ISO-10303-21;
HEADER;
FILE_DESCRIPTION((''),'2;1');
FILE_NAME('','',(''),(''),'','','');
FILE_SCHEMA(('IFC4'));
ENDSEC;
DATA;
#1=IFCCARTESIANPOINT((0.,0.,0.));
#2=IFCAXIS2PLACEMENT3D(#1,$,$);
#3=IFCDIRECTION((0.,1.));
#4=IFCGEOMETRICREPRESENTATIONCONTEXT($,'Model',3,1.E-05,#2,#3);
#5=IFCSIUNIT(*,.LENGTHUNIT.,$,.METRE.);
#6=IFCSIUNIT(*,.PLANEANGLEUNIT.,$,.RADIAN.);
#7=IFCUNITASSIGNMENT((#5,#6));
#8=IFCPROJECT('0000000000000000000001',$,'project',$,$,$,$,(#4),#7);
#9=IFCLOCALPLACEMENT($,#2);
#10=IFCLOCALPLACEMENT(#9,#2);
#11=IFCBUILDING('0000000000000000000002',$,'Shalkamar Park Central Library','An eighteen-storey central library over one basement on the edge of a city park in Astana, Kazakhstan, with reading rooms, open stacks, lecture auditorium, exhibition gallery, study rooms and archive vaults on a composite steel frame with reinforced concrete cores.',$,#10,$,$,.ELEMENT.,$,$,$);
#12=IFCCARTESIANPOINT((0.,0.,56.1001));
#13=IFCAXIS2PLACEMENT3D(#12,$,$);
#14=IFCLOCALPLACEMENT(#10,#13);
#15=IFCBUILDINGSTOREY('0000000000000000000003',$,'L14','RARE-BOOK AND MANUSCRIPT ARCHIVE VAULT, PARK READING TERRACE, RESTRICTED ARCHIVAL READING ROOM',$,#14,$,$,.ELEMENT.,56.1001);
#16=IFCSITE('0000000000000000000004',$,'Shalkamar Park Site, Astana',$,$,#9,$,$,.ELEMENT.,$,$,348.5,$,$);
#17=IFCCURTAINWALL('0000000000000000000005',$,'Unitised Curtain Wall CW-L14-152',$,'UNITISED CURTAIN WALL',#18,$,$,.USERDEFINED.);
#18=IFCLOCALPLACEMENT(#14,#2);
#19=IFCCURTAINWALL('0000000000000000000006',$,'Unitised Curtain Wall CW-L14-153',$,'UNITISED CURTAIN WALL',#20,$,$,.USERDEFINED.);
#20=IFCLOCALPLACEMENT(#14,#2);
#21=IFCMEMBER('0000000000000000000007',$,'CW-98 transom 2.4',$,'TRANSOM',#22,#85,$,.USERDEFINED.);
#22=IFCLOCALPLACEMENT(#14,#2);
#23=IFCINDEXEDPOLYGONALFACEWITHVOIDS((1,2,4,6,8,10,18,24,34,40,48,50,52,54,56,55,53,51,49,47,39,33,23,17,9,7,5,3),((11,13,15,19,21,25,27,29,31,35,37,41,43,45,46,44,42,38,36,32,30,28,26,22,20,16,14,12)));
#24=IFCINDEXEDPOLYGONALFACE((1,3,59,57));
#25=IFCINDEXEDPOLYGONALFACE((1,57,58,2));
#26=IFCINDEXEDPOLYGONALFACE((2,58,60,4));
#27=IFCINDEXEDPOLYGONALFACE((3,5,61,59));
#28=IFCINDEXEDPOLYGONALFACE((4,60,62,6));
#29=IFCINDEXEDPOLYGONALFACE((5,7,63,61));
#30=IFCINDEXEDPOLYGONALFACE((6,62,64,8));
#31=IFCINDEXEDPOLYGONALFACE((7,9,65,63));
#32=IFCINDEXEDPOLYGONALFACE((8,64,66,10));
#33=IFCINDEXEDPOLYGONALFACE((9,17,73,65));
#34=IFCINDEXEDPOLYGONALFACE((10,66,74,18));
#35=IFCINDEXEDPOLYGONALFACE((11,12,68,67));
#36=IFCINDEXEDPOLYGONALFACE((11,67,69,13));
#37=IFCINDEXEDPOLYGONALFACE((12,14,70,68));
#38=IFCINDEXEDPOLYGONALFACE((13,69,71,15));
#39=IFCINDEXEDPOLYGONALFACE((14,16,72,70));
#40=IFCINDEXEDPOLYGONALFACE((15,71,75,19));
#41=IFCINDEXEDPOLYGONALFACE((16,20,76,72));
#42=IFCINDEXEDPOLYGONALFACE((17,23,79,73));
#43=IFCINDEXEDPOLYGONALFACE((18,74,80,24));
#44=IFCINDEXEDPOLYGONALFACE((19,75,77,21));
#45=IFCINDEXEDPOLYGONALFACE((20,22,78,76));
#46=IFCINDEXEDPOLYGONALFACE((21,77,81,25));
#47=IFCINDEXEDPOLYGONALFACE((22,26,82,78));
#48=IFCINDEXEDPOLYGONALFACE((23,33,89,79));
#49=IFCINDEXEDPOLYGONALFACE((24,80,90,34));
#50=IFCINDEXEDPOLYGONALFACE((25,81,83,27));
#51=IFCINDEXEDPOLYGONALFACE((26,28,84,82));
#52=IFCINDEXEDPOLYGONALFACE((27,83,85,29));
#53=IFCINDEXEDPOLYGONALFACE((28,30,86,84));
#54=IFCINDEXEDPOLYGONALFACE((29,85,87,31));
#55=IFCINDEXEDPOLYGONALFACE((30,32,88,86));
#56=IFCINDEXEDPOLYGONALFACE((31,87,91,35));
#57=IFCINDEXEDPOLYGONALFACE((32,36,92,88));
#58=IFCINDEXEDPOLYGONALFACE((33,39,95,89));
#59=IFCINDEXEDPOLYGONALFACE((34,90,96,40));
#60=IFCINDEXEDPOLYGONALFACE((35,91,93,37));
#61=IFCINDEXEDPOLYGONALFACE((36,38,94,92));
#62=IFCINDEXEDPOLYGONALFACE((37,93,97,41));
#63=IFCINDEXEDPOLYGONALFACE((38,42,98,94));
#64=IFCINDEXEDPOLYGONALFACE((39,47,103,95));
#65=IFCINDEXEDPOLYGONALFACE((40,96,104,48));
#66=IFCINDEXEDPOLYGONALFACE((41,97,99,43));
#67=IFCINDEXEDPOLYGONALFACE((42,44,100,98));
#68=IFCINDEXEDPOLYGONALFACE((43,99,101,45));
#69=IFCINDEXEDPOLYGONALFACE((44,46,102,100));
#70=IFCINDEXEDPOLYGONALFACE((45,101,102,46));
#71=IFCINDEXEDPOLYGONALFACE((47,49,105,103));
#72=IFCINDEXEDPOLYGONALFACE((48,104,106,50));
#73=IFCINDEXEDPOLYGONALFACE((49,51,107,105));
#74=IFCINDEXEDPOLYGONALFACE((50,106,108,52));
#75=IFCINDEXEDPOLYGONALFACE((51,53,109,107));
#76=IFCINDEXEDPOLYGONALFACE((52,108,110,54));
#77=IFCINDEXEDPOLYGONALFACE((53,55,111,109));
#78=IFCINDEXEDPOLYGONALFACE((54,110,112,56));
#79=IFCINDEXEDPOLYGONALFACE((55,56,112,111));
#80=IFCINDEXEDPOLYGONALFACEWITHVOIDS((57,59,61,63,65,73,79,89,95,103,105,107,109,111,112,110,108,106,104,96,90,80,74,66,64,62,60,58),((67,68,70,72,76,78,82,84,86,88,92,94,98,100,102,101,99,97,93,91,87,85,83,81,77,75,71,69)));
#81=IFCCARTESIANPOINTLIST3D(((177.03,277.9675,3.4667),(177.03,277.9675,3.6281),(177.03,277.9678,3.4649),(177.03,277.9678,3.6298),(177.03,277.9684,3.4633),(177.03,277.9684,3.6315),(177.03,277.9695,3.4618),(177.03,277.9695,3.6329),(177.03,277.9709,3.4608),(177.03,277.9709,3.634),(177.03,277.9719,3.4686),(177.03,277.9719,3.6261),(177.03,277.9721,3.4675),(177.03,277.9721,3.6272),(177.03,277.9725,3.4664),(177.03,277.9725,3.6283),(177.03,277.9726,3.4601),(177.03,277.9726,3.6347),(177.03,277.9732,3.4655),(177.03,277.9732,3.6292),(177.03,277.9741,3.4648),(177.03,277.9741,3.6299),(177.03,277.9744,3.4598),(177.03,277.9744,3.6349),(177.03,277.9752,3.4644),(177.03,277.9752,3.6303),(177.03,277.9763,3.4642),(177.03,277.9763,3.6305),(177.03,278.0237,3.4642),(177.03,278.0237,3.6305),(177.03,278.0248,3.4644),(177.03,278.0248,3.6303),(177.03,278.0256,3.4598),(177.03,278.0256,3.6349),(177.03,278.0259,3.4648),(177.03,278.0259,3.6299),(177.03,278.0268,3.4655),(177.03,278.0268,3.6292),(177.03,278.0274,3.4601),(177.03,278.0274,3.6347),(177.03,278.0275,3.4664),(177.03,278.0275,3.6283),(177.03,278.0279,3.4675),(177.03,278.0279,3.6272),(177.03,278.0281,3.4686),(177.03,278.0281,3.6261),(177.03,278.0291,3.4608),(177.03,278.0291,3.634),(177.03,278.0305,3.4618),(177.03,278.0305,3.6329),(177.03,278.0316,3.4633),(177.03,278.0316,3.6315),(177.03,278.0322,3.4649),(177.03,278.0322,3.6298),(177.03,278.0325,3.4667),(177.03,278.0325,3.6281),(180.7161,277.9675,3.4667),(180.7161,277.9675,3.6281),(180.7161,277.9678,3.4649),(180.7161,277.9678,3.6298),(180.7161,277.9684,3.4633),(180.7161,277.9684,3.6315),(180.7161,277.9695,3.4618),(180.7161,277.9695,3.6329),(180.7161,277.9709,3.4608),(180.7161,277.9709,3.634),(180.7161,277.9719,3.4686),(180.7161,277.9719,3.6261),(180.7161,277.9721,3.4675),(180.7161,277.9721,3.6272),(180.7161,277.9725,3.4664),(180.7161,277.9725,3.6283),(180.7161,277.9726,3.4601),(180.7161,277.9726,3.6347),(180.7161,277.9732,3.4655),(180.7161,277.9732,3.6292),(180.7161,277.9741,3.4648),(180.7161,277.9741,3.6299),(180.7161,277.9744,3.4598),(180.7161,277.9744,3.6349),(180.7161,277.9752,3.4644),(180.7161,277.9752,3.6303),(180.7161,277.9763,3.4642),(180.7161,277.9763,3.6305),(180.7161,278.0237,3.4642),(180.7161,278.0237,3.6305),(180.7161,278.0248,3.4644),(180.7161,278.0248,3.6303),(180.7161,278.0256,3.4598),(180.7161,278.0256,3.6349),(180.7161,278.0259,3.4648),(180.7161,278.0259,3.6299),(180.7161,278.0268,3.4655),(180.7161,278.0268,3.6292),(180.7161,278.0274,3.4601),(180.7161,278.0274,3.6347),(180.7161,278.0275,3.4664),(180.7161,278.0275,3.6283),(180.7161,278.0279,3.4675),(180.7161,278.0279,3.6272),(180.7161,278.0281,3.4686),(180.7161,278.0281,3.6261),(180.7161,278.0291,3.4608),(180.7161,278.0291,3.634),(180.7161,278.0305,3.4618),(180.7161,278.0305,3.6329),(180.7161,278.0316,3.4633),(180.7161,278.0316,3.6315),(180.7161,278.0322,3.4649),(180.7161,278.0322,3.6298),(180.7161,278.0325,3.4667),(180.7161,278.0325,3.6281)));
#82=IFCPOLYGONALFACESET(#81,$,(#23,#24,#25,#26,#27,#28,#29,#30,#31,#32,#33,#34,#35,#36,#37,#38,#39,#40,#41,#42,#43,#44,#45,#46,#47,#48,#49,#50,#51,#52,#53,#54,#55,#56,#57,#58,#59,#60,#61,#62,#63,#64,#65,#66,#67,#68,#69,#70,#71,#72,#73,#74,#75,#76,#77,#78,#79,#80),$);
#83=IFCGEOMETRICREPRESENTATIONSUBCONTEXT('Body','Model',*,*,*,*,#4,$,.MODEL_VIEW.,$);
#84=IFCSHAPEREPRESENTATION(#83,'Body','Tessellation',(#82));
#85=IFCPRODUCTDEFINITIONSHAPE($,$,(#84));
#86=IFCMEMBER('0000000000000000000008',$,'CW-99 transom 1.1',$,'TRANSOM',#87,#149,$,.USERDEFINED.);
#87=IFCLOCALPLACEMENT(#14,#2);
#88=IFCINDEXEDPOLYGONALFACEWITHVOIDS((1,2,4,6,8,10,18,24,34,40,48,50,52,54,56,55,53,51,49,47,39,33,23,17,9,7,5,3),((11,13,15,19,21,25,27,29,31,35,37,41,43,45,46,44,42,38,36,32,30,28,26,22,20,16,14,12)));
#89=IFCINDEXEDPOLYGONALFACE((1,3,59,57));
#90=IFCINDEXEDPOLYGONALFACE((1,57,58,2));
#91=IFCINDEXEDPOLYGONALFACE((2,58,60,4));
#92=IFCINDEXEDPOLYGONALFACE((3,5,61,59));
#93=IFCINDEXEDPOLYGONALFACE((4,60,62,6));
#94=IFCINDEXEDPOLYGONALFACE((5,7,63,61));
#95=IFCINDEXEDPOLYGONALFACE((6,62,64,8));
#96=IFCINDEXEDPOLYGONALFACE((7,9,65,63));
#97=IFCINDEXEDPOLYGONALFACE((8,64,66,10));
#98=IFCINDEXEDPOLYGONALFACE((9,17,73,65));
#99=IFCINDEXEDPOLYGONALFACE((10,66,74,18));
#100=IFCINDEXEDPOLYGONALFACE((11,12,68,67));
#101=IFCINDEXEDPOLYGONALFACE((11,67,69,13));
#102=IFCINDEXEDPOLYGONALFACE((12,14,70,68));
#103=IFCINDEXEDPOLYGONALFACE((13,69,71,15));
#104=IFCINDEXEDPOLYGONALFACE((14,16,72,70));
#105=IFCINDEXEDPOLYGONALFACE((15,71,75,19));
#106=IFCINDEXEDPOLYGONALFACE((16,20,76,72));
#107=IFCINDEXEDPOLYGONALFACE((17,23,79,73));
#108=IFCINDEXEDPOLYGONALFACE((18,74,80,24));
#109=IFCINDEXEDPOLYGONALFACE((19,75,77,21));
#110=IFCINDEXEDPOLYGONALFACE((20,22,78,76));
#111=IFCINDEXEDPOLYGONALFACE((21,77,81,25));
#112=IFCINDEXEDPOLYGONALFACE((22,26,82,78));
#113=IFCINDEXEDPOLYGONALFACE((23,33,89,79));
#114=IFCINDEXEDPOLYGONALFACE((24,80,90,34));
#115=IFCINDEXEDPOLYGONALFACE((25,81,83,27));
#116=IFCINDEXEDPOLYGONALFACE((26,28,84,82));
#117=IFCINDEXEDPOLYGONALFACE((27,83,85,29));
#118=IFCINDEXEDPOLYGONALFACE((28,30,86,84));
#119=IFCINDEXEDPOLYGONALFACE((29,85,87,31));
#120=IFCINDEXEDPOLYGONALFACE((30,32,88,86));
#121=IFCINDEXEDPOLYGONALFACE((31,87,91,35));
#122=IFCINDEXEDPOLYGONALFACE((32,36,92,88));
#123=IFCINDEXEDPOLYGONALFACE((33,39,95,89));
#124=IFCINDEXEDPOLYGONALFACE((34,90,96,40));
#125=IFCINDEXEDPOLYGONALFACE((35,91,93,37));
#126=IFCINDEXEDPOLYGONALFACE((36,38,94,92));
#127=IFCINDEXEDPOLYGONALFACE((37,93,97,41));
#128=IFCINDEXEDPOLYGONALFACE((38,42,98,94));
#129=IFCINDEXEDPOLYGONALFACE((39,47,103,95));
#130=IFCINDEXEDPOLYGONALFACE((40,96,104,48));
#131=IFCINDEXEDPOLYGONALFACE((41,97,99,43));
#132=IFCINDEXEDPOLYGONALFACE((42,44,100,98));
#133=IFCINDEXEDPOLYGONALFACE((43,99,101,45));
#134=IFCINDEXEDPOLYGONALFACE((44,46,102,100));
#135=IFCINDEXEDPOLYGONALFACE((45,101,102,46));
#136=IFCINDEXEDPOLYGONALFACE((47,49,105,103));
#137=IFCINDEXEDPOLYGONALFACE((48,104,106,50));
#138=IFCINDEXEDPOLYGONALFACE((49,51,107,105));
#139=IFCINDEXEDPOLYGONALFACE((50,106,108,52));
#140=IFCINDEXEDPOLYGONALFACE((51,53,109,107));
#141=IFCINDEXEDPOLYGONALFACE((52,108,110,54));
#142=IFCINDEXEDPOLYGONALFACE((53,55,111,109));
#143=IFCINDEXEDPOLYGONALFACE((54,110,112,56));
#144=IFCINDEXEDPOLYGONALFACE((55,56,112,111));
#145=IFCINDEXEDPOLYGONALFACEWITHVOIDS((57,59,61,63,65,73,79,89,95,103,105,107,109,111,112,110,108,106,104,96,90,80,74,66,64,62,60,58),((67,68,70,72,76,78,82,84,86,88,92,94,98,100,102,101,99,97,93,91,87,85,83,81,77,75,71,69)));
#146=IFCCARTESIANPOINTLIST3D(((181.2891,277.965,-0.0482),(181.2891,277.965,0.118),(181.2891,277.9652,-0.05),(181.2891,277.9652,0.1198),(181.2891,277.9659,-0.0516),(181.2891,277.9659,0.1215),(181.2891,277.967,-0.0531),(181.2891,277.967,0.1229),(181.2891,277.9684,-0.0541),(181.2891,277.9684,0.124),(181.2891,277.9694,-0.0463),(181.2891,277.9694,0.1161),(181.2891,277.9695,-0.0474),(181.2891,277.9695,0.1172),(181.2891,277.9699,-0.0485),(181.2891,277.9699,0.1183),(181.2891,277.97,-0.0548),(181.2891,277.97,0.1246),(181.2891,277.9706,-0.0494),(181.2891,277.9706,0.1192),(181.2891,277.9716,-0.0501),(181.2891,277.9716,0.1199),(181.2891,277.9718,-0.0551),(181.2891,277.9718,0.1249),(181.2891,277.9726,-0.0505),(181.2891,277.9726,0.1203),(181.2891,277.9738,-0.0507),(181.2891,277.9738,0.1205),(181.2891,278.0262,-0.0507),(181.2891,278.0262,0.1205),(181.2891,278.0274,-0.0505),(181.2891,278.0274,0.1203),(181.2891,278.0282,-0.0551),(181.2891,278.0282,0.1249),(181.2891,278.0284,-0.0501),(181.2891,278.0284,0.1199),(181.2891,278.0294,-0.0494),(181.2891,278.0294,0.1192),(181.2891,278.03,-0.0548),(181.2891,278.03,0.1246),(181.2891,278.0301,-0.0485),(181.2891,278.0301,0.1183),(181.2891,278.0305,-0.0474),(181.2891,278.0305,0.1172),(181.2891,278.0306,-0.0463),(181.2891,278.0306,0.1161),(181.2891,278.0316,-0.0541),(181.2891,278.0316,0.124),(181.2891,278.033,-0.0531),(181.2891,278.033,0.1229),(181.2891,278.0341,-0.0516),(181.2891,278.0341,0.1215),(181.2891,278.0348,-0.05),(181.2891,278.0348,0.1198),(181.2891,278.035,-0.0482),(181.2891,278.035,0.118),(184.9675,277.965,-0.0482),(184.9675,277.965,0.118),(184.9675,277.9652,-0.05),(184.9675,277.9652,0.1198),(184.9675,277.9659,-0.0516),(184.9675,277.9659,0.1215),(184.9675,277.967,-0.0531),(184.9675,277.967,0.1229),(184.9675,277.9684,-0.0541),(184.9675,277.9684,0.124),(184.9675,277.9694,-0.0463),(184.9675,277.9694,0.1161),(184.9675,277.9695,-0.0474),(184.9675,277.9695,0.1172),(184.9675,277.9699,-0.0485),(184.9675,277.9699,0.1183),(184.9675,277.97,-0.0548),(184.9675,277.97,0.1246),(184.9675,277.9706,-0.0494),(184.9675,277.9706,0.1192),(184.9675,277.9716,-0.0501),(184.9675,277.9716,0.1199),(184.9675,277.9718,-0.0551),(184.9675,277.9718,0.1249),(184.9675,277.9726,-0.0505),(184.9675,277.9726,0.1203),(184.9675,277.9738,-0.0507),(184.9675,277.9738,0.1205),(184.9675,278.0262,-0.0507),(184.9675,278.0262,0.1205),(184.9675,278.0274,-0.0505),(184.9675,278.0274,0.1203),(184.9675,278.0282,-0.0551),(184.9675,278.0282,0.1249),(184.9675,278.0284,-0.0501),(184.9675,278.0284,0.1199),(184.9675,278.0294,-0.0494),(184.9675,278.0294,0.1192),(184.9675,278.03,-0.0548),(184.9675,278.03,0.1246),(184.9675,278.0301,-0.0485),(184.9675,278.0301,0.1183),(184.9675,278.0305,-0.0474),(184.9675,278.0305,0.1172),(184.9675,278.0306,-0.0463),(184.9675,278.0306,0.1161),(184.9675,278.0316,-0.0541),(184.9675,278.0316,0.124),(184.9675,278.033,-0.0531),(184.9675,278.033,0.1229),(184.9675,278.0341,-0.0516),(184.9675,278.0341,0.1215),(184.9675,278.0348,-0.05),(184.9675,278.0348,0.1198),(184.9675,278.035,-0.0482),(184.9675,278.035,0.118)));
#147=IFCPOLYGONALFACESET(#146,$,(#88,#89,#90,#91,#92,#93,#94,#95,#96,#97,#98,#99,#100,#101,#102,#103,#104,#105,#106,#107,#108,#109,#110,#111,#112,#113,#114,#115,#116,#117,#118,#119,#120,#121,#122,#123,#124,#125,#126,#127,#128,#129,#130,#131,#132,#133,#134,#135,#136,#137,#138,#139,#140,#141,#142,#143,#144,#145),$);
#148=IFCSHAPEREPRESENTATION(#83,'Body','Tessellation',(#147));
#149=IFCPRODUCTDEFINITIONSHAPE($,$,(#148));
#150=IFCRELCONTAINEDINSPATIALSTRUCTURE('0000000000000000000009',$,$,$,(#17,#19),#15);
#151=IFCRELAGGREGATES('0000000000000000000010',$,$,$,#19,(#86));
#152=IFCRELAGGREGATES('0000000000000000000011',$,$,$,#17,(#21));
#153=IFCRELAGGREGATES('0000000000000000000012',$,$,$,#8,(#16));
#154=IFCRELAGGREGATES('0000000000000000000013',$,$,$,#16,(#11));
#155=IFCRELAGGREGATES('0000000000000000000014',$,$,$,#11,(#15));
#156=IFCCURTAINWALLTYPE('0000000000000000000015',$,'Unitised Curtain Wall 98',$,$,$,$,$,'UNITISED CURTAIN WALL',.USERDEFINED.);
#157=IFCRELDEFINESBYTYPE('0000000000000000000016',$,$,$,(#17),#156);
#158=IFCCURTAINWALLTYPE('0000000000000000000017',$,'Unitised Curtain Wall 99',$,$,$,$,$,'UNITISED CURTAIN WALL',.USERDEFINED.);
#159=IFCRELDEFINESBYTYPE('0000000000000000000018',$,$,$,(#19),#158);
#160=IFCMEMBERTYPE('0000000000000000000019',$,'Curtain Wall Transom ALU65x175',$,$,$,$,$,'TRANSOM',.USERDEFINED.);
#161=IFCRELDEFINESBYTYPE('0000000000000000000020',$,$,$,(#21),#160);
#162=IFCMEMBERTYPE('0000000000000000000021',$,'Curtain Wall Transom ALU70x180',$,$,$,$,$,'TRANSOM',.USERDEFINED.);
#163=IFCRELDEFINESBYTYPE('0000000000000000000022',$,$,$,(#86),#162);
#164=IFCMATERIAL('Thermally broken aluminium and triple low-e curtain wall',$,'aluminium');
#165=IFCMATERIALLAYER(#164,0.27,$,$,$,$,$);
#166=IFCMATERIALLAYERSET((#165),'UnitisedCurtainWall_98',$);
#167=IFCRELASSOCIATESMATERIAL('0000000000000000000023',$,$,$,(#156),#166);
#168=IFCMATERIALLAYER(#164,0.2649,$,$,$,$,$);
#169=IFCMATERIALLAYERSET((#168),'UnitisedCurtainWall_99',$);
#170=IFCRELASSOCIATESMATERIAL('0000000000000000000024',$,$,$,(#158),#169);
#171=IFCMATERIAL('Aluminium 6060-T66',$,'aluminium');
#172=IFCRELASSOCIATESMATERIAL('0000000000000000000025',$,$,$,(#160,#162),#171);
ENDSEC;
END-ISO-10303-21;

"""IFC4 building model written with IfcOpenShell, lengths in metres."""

from ifc_helpers import new_model, si_unit, direction, frame, origin, origin_2d, place, context, subcontext, project, spatial, hollow_rectangle, extrude, material, layer, layer_set, material_profile, profile_set, type_object, element, aggregate, save


model = new_model("IFC4")

# Units and contexts
model_context = context("Model", 3, precision=1e-05, world=origin(), true_north=direction((0.0, 1.0)))
body_context = subcontext(model_context, "Body", "Model", "MODEL_VIEW")
ifc_project = project(units=[si_unit("LENGTHUNIT", "METRE"), si_unit("PLANEANGLEUNIT", "RADIAN")], contexts=[model_context])

# Site, building, storey
site_placement = place(None, origin())
site = spatial("IfcSite", under=ifc_project, at=site_placement, Name="Shalkamar Park Site, Astana", CompositionType="ELEMENT", RefElevation=348.5)
building_placement = place(site_placement, origin())
building = spatial("IfcBuilding", under=site, at=building_placement, Name="Shalkamar Park Central Library", Description="An eighteen-storey central library over one basement on the edge of a city park in Astana, Kazakhstan, with reading rooms, open stacks, lecture auditorium, exhibition gallery, study rooms and archive vaults on a composite steel frame with reinforced concrete cores.", CompositionType="ELEMENT")
storey_placement = place(building_placement, frame((0.0, 0.0, 56.1001)))
storey = spatial("IfcBuildingStorey", under=building, at=storey_placement, Name="L14", Description="RARE-BOOK AND MANUSCRIPT ARCHIVE VAULT, PARK READING TERRACE, RESTRICTED ARCHIVAL READING ROOM", CompositionType="ELEMENT", Elevation=56.1001)

# Curtain walls
ifc_material_1 = material(Name="Thermally broken aluminium and triple low-e curtain wall", Category="aluminium")
ifc_layer_1 = layer(ifc_material_1, 0.27)
ifc_layer_set_1 = layer_set([ifc_layer_1], Name="UnitisedCurtainWall_98")
curtain_wall_type_1 = type_object("IfcCurtainWallType", Name="Unitised Curtain Wall 98", ElementType="UNITISED CURTAIN WALL", PredefinedType="USERDEFINED", material=ifc_layer_set_1)
curtain_wall_1_placement = place(storey_placement, origin())
curtain_wall_1 = element("IfcCurtainWall", 1, at=curtain_wall_1_placement, inside=storey, type_object=curtain_wall_type_1, Name="Unitised Curtain Wall CW-L14-152", ObjectType="UNITISED CURTAIN WALL", PredefinedType="USERDEFINED")
ifc_material_2 = material(Name="Aluminium 6060-T66", Category="aluminium")
ifc_layer_2 = layer(ifc_material_1, 0.2649)
ifc_layer_set_2 = layer_set([ifc_layer_2], Name="UnitisedCurtainWall_99")
curtain_wall_type_2 = type_object("IfcCurtainWallType", Name="Unitised Curtain Wall 99", ElementType="UNITISED CURTAIN WALL", PredefinedType="USERDEFINED", material=ifc_layer_set_2)
curtain_wall_2_placement = place(storey_placement, origin())
curtain_wall_2 = element("IfcCurtainWall", 2, at=curtain_wall_2_placement, inside=storey, type_object=curtain_wall_type_2, Name="Unitised Curtain Wall CW-L14-153", ObjectType="UNITISED CURTAIN WALL", PredefinedType="USERDEFINED")

# Members
ifc_material_profile_1 = material_profile(ifc_material_2, hollow_rectangle(XDim=0.0649, YDim=0.175, WallThickness=0.0044, InnerFilletRadius=0.0044, OuterFilletRadius=0.0068, at=origin_2d()), Name="ALU 65x175x4.5")
ifc_profile_set_1 = profile_set([ifc_material_profile_1], Name="Aluminium 6060-T66")
member_type_1 = type_object("IfcMemberType", Name="Curtain Wall Transom ALU65x175", ElementType="TRANSOM", PredefinedType="USERDEFINED", material=ifc_profile_set_1)
member_1_placement = place(storey_placement, frame((177.03, 278.0, 3.5474), z_axis=(1.0, 0.0, 0.0), x_axis=(0.0, 1.0, 0.0)))
member_1 = element("IfcMember", 3, at=member_1_placement, type_object=member_type_1, Name="CW-98 transom 2.4", ObjectType="TRANSOM", PredefinedType="USERDEFINED", context=body_context, shape_type="SweptSolid", body=[
    extrude(hollow_rectangle(XDim=0.0649, YDim=0.175, WallThickness=0.0044, InnerFilletRadius=0.0044, OuterFilletRadius=0.0068, at=origin_2d()), origin(), (0.0, 0.0, 1.0), 3.686),
])
ifc_material_profile_2 = material_profile(ifc_material_2, hollow_rectangle(XDim=0.0701, YDim=0.1799, WallThickness=0.0044, InnerFilletRadius=0.0044, OuterFilletRadius=0.0068, at=origin_2d()), Name="ALU 70x180x4.5")
ifc_profile_set_2 = profile_set([ifc_material_profile_2], Name="Aluminium 6060-T66")
member_type_2 = type_object("IfcMemberType", Name="Curtain Wall Transom ALU70x180", ElementType="TRANSOM", PredefinedType="USERDEFINED", material=ifc_profile_set_2)
member_2_placement = place(storey_placement, frame((181.2891, 278.0, 0.0349), z_axis=(1.0, 0.0, 0.0), x_axis=(0.0, 1.0, 0.0)))
member_2 = element("IfcMember", 4, at=member_2_placement, type_object=member_type_2, Name="CW-99 transom 1.1", ObjectType="TRANSOM", PredefinedType="USERDEFINED", context=body_context, shape_type="SweptSolid", body=[
    extrude(hollow_rectangle(XDim=0.0701, YDim=0.1799, WallThickness=0.0044, InnerFilletRadius=0.0044, OuterFilletRadius=0.0068, at=origin_2d()), origin(), (0.0, 0.0, 1.0), 3.6785),
])

aggregate(curtain_wall_2, [member_2])
aggregate(curtain_wall_1, [member_1])

save(model, "model.ifc")
